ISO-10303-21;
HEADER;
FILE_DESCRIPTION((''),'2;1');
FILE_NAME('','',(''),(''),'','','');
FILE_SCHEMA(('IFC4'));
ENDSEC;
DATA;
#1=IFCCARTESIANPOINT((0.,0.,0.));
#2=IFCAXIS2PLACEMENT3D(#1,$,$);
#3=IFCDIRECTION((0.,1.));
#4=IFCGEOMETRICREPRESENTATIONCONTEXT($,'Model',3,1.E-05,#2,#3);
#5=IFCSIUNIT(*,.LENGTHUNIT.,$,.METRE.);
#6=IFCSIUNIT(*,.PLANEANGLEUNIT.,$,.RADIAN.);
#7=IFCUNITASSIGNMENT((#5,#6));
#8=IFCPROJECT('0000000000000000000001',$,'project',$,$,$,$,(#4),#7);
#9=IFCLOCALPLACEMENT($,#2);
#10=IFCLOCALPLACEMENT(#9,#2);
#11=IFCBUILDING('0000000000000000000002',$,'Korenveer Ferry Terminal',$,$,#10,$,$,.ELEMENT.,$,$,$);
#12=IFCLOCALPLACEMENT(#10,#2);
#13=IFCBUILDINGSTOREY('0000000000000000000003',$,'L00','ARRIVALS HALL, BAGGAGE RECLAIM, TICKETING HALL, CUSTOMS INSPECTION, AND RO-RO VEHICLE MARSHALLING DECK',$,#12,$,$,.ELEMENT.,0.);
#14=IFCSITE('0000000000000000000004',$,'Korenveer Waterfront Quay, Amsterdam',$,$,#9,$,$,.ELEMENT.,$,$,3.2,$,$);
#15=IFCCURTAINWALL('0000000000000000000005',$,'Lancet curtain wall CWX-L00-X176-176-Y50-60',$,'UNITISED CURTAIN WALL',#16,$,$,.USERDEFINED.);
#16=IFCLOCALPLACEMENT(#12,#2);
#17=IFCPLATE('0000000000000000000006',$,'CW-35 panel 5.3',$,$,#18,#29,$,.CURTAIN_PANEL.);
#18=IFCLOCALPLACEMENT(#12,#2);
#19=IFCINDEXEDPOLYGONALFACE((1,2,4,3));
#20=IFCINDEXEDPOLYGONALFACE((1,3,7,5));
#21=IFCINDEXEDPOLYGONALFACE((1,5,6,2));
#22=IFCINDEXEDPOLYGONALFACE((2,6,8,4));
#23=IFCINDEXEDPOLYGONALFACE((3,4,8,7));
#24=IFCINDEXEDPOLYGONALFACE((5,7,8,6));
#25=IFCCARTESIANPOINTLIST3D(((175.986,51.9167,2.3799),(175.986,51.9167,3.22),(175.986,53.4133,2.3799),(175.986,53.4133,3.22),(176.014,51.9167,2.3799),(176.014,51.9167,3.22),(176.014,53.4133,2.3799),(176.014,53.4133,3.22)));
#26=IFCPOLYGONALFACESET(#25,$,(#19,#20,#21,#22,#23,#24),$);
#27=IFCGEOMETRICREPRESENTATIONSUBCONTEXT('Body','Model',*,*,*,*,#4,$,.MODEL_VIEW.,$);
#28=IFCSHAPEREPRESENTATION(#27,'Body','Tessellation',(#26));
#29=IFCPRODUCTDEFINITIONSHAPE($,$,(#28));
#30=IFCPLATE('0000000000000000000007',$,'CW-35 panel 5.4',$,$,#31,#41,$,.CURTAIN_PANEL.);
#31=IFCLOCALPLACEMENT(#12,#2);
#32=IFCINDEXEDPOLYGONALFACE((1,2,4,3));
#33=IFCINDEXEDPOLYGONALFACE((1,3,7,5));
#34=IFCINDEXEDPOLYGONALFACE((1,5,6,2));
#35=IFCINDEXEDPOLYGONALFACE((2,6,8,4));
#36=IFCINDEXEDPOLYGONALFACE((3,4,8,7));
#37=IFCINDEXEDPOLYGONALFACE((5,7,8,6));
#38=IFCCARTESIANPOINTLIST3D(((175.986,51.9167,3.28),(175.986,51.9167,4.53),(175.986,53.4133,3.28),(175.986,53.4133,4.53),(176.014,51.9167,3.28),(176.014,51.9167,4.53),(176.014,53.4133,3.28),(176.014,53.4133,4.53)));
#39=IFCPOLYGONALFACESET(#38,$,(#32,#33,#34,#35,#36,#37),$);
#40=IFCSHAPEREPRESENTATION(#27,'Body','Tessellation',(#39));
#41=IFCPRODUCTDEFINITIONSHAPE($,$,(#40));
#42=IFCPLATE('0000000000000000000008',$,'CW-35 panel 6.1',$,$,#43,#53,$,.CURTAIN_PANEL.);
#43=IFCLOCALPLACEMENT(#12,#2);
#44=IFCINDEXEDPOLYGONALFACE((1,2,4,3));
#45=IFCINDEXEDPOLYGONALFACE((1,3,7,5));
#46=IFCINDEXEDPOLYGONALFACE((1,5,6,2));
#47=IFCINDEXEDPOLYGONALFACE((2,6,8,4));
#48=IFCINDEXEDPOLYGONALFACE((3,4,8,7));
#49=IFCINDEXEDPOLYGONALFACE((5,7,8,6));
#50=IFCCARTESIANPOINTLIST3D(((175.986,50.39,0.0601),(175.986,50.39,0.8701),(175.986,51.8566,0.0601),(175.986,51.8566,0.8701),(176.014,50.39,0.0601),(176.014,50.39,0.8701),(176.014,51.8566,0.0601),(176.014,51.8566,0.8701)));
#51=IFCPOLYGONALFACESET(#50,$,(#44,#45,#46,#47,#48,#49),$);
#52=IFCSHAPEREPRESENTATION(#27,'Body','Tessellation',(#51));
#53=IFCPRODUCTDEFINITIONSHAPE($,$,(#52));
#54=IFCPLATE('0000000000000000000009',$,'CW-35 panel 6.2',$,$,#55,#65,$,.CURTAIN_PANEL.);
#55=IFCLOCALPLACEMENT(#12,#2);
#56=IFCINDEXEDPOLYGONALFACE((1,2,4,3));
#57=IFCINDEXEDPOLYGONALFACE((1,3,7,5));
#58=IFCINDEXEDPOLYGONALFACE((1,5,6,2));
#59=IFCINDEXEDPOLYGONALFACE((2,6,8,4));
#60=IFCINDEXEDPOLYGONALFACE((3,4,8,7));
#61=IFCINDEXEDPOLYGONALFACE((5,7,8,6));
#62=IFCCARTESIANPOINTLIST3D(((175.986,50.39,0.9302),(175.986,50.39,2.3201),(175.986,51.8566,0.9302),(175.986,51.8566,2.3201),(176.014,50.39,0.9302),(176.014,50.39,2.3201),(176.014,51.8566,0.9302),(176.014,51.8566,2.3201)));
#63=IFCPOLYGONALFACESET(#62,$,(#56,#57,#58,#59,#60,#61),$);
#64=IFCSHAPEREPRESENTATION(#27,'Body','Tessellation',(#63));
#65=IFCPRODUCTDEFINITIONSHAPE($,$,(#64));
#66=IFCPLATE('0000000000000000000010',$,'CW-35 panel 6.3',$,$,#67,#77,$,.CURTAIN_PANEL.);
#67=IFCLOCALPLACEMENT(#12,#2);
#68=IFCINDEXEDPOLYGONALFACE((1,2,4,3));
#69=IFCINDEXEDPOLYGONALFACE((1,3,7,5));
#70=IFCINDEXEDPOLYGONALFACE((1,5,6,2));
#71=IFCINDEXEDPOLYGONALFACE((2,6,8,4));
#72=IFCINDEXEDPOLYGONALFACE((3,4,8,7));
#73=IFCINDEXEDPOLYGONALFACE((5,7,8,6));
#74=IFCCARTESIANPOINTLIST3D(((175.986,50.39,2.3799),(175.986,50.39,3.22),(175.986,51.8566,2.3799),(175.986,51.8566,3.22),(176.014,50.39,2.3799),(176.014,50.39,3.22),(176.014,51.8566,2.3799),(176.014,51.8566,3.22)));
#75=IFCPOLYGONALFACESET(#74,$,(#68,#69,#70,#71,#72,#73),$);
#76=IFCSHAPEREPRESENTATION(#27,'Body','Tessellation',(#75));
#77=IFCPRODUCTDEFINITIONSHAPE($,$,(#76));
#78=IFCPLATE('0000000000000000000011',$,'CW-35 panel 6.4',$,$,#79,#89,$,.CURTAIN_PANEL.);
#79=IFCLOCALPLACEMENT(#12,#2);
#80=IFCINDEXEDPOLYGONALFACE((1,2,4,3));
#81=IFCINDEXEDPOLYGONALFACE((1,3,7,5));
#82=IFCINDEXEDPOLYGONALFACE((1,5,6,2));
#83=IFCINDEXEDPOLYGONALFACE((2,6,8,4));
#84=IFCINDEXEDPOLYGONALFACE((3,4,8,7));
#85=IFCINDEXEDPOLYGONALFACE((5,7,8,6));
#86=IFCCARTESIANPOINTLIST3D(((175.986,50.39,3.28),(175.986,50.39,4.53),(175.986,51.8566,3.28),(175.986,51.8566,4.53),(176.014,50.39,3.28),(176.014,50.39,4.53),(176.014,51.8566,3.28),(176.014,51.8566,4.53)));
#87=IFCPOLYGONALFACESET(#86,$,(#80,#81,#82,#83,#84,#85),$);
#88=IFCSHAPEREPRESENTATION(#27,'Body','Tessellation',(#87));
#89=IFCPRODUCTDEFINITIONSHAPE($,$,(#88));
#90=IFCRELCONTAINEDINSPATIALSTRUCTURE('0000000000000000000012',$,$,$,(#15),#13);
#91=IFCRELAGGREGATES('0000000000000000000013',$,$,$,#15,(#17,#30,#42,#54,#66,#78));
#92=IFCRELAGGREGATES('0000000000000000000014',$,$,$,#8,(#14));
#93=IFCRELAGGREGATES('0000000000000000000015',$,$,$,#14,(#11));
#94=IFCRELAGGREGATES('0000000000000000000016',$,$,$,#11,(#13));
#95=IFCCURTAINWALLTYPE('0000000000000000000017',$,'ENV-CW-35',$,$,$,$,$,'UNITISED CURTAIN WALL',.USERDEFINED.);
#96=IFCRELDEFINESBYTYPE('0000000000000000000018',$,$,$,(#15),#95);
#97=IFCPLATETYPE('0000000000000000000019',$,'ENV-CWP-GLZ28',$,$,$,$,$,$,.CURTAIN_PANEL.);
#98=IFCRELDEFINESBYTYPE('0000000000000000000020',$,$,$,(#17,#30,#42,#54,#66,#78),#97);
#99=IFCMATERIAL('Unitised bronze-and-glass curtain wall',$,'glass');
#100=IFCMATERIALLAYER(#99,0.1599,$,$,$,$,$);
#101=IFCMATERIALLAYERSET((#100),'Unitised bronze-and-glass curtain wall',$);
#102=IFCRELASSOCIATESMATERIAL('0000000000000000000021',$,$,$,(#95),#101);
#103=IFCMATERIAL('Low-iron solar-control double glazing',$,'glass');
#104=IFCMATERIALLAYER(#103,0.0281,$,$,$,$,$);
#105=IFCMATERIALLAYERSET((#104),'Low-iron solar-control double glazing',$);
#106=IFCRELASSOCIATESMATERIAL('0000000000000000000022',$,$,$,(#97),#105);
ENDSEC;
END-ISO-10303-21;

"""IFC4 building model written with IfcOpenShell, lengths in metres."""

from ifc_helpers import new_model, si_unit, direction, frame, origin, origin_2d, place, context, subcontext, project, spatial, rectangle, extrude, material, layer, layer_set, type_object, element, aggregate, save


model = new_model("IFC4")

# Units and contexts
model_context = context("Model", 3, precision=1e-05, world=origin(), true_north=direction((0.0, 1.0)))
body_context = subcontext(model_context, "Body", "Model", "MODEL_VIEW")
ifc_project = project(units=[si_unit("LENGTHUNIT", "METRE"), si_unit("PLANEANGLEUNIT", "RADIAN")], contexts=[model_context])

# Site, building, storey
site_placement = place(None, origin())
site = spatial("IfcSite", under=ifc_project, at=site_placement, Name="Korenveer Waterfront Quay, Amsterdam", CompositionType="ELEMENT", RefElevation=3.2)
building_placement = place(site_placement, origin())
building = spatial("IfcBuilding", under=site, at=building_placement, Name="Korenveer Ferry Terminal", CompositionType="ELEMENT")
storey_placement = place(building_placement, origin())
storey = spatial("IfcBuildingStorey", under=building, at=storey_placement, Name="L00", Description="ARRIVALS HALL, BAGGAGE RECLAIM, TICKETING HALL, CUSTOMS INSPECTION, AND RO-RO VEHICLE MARSHALLING DECK", CompositionType="ELEMENT", Elevation=0.0)

# Curtain wall
ifc_material_1 = material(Name="Unitised bronze-and-glass curtain wall", Category="glass")
ifc_layer_1 = layer(ifc_material_1, 0.1599)
ifc_layer_set_1 = layer_set([ifc_layer_1], Name="Unitised bronze-and-glass curtain wall")
curtain_wall_type = type_object("IfcCurtainWallType", Name="ENV-CW-35", ElementType="UNITISED CURTAIN WALL", PredefinedType="USERDEFINED", material=ifc_layer_set_1)
curtain_wall_placement = place(storey_placement, frame((176.0, 59.6699, 0.0)))
curtain_wall = element("IfcCurtainWall", 1, at=curtain_wall_placement, inside=storey, type_object=curtain_wall_type, Name="Lancet curtain wall CWX-L00-X176-176-Y50-60", ObjectType="UNITISED CURTAIN WALL", PredefinedType="USERDEFINED")

# Plates
ifc_material_2 = material(Name="Low-iron solar-control double glazing", Category="glass")
ifc_layer_2 = layer(ifc_material_2, 0.0281)
ifc_layer_set_2 = layer_set([ifc_layer_2], Name="Low-iron solar-control double glazing")
plate_type = type_object("IfcPlateType", Name="ENV-CWP-GLZ28", PredefinedType="CURTAIN_PANEL", material=ifc_layer_set_2)
plate_1_placement = place(storey_placement, frame((176.0, 52.665, 2.3799), z_axis=(0.0, 0.0, 1.0), x_axis=(0.0, -1.0, 0.0)))
plate_1 = element("IfcPlate", 2, at=plate_1_placement, type_object=plate_type, Name="CW-35 panel 5.3", PredefinedType="CURTAIN_PANEL", context=body_context, shape_type="SweptSolid", body=[
    extrude(rectangle(XDim=1.4966, YDim=0.0281, at=origin_2d()), origin(), (0.0, 0.0, 1.0), 0.8401),
])
plate_2_placement = place(storey_placement, frame((176.0, 52.665, 3.28), z_axis=(0.0, 0.0, 1.0), x_axis=(0.0, -1.0, 0.0)))
plate_2 = element("IfcPlate", 3, at=plate_2_placement, type_object=plate_type, Name="CW-35 panel 5.4", PredefinedType="CURTAIN_PANEL", context=body_context, shape_type="SweptSolid", body=[
    extrude(rectangle(XDim=1.4966, YDim=0.0281, at=origin_2d()), origin(), (0.0, 0.0, 1.0), 1.25),
])
plate_3_placement = place(storey_placement, frame((176.0, 51.1233, 0.0601), z_axis=(0.0, 0.0, 1.0), x_axis=(0.0, -1.0, 0.0)))
plate_3 = element("IfcPlate", 4, at=plate_3_placement, type_object=plate_type, Name="CW-35 panel 6.1", PredefinedType="CURTAIN_PANEL", context=body_context, shape_type="SweptSolid", body=[
    extrude(rectangle(XDim=1.4666, YDim=0.0281, at=origin_2d()), origin(), (0.0, 0.0, 1.0), 0.8101),
])
plate_4_placement = place(storey_placement, frame((176.0, 51.1233, 0.9302), z_axis=(0.0, 0.0, 1.0), x_axis=(0.0, -1.0, 0.0)))
plate_4 = element("IfcPlate", 5, at=plate_4_placement, type_object=plate_type, Name="CW-35 panel 6.2", PredefinedType="CURTAIN_PANEL", context=body_context, shape_type="SweptSolid", body=[
    extrude(rectangle(XDim=1.4666, YDim=0.0281, at=origin_2d()), origin(), (0.0, 0.0, 1.0), 1.3899),
])
plate_5_placement = place(storey_placement, frame((176.0, 51.1233, 2.3799), z_axis=(0.0, 0.0, 1.0), x_axis=(0.0, -1.0, 0.0)))
plate_5 = element("IfcPlate", 6, at=plate_5_placement, type_object=plate_type, Name="CW-35 panel 6.3", PredefinedType="CURTAIN_PANEL", context=body_context, shape_type="SweptSolid", body=[
    extrude(rectangle(XDim=1.4666, YDim=0.0281, at=origin_2d()), origin(), (0.0, 0.0, 1.0), 0.8401),
])
plate_6_placement = place(storey_placement, frame((176.0, 51.1233, 3.28), z_axis=(0.0, 0.0, 1.0), x_axis=(0.0, -1.0, 0.0)))
plate_6 = element("IfcPlate", 7, at=plate_6_placement, type_object=plate_type, Name="CW-35 panel 6.4", PredefinedType="CURTAIN_PANEL", context=body_context, shape_type="SweptSolid", body=[
    extrude(rectangle(XDim=1.4666, YDim=0.0281, at=origin_2d()), origin(), (0.0, 0.0, 1.0), 1.25),
])
aggregate(curtain_wall, [plate_1, plate_2, plate_3, plate_4, plate_5, plate_6])

save(model, "model.ifc")
